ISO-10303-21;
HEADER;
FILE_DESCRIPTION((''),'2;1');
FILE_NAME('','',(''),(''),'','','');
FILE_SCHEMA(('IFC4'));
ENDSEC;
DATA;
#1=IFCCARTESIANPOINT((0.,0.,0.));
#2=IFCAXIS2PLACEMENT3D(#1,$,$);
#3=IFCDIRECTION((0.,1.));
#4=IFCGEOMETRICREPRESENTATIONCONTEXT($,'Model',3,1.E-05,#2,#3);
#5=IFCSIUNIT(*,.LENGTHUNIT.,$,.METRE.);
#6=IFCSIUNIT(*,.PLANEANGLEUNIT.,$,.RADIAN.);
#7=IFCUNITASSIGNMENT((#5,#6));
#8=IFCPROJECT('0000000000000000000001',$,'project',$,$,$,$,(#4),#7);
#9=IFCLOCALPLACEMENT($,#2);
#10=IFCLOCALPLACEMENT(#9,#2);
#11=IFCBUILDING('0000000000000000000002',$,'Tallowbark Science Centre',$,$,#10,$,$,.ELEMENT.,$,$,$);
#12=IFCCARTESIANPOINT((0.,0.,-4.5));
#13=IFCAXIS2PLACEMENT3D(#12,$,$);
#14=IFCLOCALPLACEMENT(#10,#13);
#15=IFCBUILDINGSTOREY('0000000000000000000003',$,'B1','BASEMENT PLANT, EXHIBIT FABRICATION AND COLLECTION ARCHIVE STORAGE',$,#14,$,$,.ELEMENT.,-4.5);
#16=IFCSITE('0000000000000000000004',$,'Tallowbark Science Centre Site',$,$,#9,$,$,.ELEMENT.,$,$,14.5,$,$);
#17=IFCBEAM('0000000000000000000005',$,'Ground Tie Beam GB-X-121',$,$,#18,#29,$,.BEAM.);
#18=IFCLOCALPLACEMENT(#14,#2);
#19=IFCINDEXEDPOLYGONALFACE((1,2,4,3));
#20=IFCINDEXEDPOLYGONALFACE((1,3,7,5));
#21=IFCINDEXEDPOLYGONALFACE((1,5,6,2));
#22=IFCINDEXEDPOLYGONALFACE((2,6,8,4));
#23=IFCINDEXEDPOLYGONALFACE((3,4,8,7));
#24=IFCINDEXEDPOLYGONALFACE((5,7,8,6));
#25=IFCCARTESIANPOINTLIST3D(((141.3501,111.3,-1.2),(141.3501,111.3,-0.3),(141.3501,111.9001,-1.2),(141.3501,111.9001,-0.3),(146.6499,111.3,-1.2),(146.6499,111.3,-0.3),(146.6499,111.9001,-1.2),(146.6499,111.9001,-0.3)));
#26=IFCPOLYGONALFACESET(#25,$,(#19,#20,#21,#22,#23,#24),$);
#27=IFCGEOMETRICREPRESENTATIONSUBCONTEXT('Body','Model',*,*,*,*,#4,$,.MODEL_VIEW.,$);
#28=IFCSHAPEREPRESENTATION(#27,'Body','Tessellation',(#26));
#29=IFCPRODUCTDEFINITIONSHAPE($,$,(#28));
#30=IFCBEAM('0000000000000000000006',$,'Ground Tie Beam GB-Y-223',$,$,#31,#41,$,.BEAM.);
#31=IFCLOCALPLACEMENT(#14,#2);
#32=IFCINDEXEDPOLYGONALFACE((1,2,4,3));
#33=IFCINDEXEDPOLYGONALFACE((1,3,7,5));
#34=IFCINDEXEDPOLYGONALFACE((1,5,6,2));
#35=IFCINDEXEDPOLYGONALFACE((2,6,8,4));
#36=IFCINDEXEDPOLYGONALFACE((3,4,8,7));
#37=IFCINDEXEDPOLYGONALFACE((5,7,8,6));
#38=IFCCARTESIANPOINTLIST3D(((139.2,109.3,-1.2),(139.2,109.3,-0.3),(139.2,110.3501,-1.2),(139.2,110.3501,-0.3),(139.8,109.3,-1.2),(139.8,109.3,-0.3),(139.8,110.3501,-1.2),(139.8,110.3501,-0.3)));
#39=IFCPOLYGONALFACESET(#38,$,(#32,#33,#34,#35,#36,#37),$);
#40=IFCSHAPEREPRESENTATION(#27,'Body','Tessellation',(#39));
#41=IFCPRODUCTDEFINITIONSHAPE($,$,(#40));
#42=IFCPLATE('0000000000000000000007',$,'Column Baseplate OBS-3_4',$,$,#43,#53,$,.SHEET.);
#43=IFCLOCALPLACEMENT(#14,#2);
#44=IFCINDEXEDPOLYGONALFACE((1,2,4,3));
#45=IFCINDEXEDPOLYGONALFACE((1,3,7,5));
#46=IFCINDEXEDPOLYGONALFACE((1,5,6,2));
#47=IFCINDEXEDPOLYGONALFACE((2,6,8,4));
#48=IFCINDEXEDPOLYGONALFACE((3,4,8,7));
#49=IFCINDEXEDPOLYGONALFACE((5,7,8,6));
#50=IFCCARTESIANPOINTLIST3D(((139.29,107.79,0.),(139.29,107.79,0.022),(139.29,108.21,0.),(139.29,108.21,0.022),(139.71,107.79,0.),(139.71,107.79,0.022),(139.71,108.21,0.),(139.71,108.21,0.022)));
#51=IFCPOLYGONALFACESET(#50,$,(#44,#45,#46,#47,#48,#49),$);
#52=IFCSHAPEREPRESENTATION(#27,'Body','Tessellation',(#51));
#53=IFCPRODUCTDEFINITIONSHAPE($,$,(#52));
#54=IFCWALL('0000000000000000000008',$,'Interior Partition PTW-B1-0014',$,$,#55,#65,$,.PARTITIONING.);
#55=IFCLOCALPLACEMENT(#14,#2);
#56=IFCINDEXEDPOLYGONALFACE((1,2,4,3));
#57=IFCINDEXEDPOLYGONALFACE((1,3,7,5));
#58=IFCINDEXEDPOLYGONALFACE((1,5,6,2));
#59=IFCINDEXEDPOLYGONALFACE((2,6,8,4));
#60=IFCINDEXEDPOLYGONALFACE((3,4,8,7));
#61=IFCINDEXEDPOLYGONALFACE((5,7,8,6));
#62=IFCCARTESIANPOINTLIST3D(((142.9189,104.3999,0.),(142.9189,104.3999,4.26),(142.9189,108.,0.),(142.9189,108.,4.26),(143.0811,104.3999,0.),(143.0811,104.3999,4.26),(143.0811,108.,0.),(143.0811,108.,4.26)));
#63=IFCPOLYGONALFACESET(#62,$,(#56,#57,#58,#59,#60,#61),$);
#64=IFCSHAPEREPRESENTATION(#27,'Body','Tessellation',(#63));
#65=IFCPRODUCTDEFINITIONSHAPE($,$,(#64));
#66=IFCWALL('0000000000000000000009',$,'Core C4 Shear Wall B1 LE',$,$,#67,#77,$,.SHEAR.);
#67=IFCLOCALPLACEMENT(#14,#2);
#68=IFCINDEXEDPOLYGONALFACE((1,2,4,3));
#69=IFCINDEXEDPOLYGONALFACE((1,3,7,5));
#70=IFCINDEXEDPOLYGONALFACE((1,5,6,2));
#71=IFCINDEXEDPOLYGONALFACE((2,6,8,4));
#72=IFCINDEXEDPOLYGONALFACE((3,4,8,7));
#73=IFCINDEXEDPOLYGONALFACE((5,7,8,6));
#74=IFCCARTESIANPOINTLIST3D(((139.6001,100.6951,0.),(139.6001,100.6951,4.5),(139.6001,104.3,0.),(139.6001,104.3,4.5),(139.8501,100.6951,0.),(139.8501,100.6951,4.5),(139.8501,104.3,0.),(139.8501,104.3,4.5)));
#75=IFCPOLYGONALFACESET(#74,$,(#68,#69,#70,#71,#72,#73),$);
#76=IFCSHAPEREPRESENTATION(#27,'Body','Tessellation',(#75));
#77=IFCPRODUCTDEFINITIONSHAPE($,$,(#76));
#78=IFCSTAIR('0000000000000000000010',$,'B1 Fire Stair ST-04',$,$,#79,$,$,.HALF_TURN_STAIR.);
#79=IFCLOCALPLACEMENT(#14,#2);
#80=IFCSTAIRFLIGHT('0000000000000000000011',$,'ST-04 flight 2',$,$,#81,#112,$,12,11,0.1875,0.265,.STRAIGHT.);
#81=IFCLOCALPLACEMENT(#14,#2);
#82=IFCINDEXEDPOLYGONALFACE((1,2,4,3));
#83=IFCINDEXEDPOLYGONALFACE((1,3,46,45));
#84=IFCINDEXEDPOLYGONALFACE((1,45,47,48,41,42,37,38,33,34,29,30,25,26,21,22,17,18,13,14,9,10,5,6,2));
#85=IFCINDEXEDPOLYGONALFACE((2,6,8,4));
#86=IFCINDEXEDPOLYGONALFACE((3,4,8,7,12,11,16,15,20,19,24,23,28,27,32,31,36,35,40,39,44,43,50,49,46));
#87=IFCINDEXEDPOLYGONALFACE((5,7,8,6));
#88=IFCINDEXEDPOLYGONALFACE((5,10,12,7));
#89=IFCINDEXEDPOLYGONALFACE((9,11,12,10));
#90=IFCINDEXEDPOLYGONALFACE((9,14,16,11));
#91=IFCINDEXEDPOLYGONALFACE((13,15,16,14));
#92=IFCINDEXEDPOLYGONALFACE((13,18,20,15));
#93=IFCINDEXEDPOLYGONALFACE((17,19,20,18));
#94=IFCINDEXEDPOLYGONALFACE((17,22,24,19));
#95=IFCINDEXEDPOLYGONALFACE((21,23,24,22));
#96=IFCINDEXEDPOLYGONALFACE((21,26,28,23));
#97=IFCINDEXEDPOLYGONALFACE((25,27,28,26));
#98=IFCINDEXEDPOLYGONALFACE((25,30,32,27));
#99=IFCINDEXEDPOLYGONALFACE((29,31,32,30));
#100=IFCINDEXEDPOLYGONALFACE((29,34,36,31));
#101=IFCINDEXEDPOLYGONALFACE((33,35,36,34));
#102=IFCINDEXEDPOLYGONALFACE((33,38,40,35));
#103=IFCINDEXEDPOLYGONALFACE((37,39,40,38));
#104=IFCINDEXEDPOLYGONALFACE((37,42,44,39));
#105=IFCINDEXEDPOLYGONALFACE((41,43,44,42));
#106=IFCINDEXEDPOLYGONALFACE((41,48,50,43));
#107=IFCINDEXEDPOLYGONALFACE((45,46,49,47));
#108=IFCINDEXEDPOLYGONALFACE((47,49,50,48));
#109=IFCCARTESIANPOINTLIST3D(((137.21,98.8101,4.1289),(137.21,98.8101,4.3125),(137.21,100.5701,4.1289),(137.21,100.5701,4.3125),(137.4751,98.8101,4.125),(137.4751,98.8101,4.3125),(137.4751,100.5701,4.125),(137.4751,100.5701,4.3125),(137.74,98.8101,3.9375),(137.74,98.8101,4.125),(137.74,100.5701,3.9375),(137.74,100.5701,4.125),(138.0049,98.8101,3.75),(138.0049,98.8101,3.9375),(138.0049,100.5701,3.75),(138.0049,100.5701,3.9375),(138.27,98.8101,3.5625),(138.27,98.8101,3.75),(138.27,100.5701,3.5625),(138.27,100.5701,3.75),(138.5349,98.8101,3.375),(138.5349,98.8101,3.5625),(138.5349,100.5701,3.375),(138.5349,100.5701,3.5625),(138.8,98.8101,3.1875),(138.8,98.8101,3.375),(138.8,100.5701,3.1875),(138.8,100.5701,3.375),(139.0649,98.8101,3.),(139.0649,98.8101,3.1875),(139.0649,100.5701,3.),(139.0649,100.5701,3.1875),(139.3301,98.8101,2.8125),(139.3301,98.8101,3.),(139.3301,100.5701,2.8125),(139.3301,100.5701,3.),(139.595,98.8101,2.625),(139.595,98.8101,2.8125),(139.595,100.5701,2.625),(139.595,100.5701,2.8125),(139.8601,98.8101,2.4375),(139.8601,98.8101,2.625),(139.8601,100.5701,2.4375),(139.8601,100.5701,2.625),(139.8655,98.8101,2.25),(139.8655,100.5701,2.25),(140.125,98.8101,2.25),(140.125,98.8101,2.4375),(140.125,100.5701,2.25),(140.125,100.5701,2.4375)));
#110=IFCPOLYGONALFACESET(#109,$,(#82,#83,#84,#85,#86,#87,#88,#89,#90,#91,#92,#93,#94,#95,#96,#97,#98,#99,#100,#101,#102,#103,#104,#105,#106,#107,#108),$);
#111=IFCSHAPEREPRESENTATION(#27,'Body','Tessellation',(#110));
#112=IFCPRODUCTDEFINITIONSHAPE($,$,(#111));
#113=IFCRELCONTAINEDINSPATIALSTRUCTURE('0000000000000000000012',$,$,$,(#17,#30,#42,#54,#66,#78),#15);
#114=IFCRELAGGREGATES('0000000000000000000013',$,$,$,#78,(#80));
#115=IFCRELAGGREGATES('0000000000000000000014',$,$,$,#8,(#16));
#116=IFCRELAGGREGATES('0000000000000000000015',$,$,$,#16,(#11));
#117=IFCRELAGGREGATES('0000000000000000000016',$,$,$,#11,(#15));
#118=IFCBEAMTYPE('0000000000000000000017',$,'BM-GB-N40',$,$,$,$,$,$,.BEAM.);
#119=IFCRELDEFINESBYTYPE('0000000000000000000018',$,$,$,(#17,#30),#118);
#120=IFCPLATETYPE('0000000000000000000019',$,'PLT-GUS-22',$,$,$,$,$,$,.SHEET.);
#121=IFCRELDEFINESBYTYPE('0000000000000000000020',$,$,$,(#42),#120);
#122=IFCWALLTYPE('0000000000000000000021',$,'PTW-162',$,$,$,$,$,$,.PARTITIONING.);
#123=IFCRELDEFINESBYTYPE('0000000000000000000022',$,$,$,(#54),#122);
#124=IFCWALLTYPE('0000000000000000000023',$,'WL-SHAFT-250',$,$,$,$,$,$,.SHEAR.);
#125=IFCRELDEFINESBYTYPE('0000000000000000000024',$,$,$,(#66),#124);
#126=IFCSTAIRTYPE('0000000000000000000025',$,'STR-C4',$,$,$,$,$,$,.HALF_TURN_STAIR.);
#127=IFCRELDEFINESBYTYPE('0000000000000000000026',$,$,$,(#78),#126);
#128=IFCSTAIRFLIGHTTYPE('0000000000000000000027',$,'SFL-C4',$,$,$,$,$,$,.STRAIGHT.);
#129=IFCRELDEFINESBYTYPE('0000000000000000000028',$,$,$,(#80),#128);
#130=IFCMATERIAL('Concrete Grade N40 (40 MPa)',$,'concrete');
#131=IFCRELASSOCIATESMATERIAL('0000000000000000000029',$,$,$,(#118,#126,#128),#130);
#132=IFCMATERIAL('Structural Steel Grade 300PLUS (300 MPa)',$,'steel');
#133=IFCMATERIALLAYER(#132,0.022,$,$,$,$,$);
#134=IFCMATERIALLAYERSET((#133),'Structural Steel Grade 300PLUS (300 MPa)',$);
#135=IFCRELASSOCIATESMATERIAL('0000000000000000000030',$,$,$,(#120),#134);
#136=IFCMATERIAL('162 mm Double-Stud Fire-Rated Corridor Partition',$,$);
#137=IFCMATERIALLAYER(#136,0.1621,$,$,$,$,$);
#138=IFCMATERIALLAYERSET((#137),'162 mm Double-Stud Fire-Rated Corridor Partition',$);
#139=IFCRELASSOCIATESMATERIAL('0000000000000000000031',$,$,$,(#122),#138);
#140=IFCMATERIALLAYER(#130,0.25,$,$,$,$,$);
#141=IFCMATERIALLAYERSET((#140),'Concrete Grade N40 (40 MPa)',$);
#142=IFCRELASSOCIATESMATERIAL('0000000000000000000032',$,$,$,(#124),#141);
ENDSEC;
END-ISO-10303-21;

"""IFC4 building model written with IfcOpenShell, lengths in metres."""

from ifc_helpers import new_model, si_unit, direction, frame, frame_2d, origin, origin_2d, place, context, subcontext, project, spatial, polyline, rectangle, outline, extrude, material, layer, layer_set, material_profile, profile_set, type_object, element, aggregate, save


model = new_model("IFC4")

# Units and contexts
model_context = context("Model", 3, precision=1e-05, world=origin(), true_north=direction((0.0, 1.0)))
body_context = subcontext(model_context, "Body", "Model", "MODEL_VIEW")
ifc_project = project(units=[si_unit("LENGTHUNIT", "METRE"), si_unit("PLANEANGLEUNIT", "RADIAN")], contexts=[model_context])

# Site, building, storey
site_placement = place(None, origin())
site = spatial("IfcSite", under=ifc_project, at=site_placement, Name="Tallowbark Science Centre Site", CompositionType="ELEMENT", RefElevation=14.5)
building_placement = place(site_placement, origin())
building = spatial("IfcBuilding", under=site, at=building_placement, Name="Tallowbark Science Centre", CompositionType="ELEMENT")
storey_placement = place(building_placement, frame((0.0, 0.0, -4.5)))
storey = spatial("IfcBuildingStorey", under=building, at=storey_placement, Name="B1", Description="BASEMENT PLANT, EXHIBIT FABRICATION AND COLLECTION ARCHIVE STORAGE", CompositionType="ELEMENT", Elevation=-4.5)

# Shared definitions
ifc_material_1 = material(Name="Concrete Grade N40 (40 MPa)", Category="concrete")

# Shared definitions
ifc_material_2 = material(Name="Structural Steel Grade 300PLUS (300 MPa)", Category="steel")

# Beams
ifc_material_profile_1 = material_profile(ifc_material_1, rectangle(XDim=0.6001, YDim=0.8999, at=origin_2d()), Name="RC600x900")
ifc_profile_set_1 = profile_set([ifc_material_profile_1], Name="Concrete Grade N40 (40 MPa)")
beam_type = type_object("IfcBeamType", Name="BM-GB-N40", PredefinedType="BEAM", material=ifc_profile_set_1)
beam_1_placement = place(storey_placement, frame((141.3501, 111.6001, -0.75), z_axis=(1.0, 0.0, 0.0), x_axis=(0.0, 1.0, 0.0)))
element("IfcBeam", 1, at=beam_1_placement, inside=storey, type_object=beam_type, Name="Ground Tie Beam GB-X-121", PredefinedType="BEAM", context=body_context, shape_type="SweptSolid", body=[
    extrude(rectangle(XDim=0.6001, YDim=0.8999, at=origin_2d()), origin(), (0.0, 0.0, 1.0), 5.2998),
])
beam_2_placement = place(storey_placement, frame((139.5, 109.3, -0.75), z_axis=(0.0, 1.0, 0.0), x_axis=(-1.0, 0.0, 0.0)))
element("IfcBeam", 2, at=beam_2_placement, inside=storey, type_object=beam_type, Name="Ground Tie Beam GB-Y-223", PredefinedType="BEAM", context=body_context, shape_type="SweptSolid", body=[
    extrude(rectangle(XDim=0.6001, YDim=0.8999, at=origin_2d()), origin(), (0.0, 0.0, 1.0), 1.05),
])

# Plate
ifc_layer_1 = layer(ifc_material_2, 0.022)
ifc_layer_set_1 = layer_set([ifc_layer_1], Name="Structural Steel Grade 300PLUS (300 MPa)")
plate_type = type_object("IfcPlateType", Name="PLT-GUS-22", PredefinedType="SHEET", material=ifc_layer_set_1)
plate_placement = place(storey_placement, frame((139.5, 108.0, 0.0), z_axis=(0.0, 0.0, 1.0), x_axis=(1.0, 0.0, 0.0)))
element("IfcPlate", 3, at=plate_placement, inside=storey, type_object=plate_type, Name="Column Baseplate OBS-3_4", PredefinedType="SHEET", context=body_context, shape_type="SweptSolid", body=[
    extrude(rectangle(XDim=0.4199, YDim=0.4199, at=origin_2d()), origin(), (0.0, 0.0, 1.0), 0.022),
])

# Wall
ifc_material_3 = material(Name="162 mm Double-Stud Fire-Rated Corridor Partition")
ifc_layer_2 = layer(ifc_material_3, 0.1621)
ifc_layer_set_2 = layer_set([ifc_layer_2], Name="162 mm Double-Stud Fire-Rated Corridor Partition")
wall_type_1 = type_object("IfcWallType", Name="PTW-162", PredefinedType="PARTITIONING", material=ifc_layer_set_2)
wall_1_placement = place(storey_placement, frame((143.0, 104.3999, 0.0), z_axis=(0.0, 0.0, 1.0), x_axis=(0.0, 1.0, 0.0)))
element("IfcWall", 4, at=wall_1_placement, inside=storey, type_object=wall_type_1, Name="Interior Partition PTW-B1-0014", PredefinedType="PARTITIONING", context=body_context, shape_type="SweptSolid", body=[
    extrude(rectangle(XDim=3.6001, YDim=0.1621, at=frame_2d((1.8, 0.0))), origin(), (0.0, 0.0, 1.0), 4.26),
])

# Wall
ifc_layer_3 = layer(ifc_material_1, 0.25)
ifc_layer_set_3 = layer_set([ifc_layer_3], Name="Concrete Grade N40 (40 MPa)")
wall_type_2 = type_object("IfcWallType", Name="WL-SHAFT-250", PredefinedType="SHEAR", material=ifc_layer_set_3)
wall_2_placement = place(storey_placement, frame((139.7251, 100.6951, 0.0), z_axis=(0.0, 0.0, 1.0), x_axis=(0.0, 1.0, 0.0)))
element("IfcWall", 5, at=wall_2_placement, inside=storey, type_object=wall_type_2, Name="Core C4 Shear Wall B1 LE", PredefinedType="SHEAR", context=body_context, shape_type="SweptSolid", body=[
    extrude(rectangle(XDim=3.605, YDim=0.25, at=frame_2d((1.8025, 0.0))), origin(), (0.0, 0.0, 1.0), 4.5),
])

# Stair, stair flight
stair_type = type_object("IfcStairType", Name="STR-C4", PredefinedType="HALF_TURN_STAIR", material=ifc_material_1)
stair_placement = place(storey_placement, origin())
stair = element("IfcStair", 6, at=stair_placement, inside=storey, type_object=stair_type, Name="B1 Fire Stair ST-04", PredefinedType="HALF_TURN_STAIR")
stair_flight_type = type_object("IfcStairFlightType", Name="SFL-C4", PredefinedType="STRAIGHT", material=ifc_material_1)
stair_flight_placement = place(storey_placement, frame((140.125, 99.6899, 2.25), z_axis=(0.0, 0.0, 1.0), x_axis=(-1.0, 0.0, 0.0)))
stair_flight = element("IfcStairFlight", 7, at=stair_flight_placement, type_object=stair_flight_type, Name="ST-04 flight 2", NumberOfRisers=12, NumberOfTreads=11, PredefinedType="STRAIGHT", RiserHeight=0.1875, TreadLength=0.265, context=body_context, shape_type="SweptSolid", body=[
    extrude(outline(polyline([(0.0, 0.0), (0.0, 0.1875), (0.2649, 0.1875), (0.2649, 0.375), (0.53, 0.375), (0.53, 0.5625), (0.7949, 0.5625), (0.7949, 0.75), (1.0601, 0.75), (1.0601, 0.9375), (1.325, 0.9375), (1.325, 1.125), (1.5901, 1.125), (1.5901, 1.3125), (1.855, 1.3125), (1.855, 1.5), (2.1201, 1.5), (2.1201, 1.6875), (2.385, 1.6875), (2.385, 1.875), (2.6499, 1.875), (2.6499, 2.0625), (2.915, 2.0625), (2.915, 2.25), (2.915, 1.8789), (0.2595, 0.0), (0.0, 0.0)])), frame((0.0, 0.8799, 0.0), z_axis=(0.0, -1.0, 0.0), x_axis=(1.0, 0.0, 0.0)), (0.0, 0.0, 1.0), 1.76),
])
aggregate(stair, [stair_flight])

save(model, "model.ifc")
